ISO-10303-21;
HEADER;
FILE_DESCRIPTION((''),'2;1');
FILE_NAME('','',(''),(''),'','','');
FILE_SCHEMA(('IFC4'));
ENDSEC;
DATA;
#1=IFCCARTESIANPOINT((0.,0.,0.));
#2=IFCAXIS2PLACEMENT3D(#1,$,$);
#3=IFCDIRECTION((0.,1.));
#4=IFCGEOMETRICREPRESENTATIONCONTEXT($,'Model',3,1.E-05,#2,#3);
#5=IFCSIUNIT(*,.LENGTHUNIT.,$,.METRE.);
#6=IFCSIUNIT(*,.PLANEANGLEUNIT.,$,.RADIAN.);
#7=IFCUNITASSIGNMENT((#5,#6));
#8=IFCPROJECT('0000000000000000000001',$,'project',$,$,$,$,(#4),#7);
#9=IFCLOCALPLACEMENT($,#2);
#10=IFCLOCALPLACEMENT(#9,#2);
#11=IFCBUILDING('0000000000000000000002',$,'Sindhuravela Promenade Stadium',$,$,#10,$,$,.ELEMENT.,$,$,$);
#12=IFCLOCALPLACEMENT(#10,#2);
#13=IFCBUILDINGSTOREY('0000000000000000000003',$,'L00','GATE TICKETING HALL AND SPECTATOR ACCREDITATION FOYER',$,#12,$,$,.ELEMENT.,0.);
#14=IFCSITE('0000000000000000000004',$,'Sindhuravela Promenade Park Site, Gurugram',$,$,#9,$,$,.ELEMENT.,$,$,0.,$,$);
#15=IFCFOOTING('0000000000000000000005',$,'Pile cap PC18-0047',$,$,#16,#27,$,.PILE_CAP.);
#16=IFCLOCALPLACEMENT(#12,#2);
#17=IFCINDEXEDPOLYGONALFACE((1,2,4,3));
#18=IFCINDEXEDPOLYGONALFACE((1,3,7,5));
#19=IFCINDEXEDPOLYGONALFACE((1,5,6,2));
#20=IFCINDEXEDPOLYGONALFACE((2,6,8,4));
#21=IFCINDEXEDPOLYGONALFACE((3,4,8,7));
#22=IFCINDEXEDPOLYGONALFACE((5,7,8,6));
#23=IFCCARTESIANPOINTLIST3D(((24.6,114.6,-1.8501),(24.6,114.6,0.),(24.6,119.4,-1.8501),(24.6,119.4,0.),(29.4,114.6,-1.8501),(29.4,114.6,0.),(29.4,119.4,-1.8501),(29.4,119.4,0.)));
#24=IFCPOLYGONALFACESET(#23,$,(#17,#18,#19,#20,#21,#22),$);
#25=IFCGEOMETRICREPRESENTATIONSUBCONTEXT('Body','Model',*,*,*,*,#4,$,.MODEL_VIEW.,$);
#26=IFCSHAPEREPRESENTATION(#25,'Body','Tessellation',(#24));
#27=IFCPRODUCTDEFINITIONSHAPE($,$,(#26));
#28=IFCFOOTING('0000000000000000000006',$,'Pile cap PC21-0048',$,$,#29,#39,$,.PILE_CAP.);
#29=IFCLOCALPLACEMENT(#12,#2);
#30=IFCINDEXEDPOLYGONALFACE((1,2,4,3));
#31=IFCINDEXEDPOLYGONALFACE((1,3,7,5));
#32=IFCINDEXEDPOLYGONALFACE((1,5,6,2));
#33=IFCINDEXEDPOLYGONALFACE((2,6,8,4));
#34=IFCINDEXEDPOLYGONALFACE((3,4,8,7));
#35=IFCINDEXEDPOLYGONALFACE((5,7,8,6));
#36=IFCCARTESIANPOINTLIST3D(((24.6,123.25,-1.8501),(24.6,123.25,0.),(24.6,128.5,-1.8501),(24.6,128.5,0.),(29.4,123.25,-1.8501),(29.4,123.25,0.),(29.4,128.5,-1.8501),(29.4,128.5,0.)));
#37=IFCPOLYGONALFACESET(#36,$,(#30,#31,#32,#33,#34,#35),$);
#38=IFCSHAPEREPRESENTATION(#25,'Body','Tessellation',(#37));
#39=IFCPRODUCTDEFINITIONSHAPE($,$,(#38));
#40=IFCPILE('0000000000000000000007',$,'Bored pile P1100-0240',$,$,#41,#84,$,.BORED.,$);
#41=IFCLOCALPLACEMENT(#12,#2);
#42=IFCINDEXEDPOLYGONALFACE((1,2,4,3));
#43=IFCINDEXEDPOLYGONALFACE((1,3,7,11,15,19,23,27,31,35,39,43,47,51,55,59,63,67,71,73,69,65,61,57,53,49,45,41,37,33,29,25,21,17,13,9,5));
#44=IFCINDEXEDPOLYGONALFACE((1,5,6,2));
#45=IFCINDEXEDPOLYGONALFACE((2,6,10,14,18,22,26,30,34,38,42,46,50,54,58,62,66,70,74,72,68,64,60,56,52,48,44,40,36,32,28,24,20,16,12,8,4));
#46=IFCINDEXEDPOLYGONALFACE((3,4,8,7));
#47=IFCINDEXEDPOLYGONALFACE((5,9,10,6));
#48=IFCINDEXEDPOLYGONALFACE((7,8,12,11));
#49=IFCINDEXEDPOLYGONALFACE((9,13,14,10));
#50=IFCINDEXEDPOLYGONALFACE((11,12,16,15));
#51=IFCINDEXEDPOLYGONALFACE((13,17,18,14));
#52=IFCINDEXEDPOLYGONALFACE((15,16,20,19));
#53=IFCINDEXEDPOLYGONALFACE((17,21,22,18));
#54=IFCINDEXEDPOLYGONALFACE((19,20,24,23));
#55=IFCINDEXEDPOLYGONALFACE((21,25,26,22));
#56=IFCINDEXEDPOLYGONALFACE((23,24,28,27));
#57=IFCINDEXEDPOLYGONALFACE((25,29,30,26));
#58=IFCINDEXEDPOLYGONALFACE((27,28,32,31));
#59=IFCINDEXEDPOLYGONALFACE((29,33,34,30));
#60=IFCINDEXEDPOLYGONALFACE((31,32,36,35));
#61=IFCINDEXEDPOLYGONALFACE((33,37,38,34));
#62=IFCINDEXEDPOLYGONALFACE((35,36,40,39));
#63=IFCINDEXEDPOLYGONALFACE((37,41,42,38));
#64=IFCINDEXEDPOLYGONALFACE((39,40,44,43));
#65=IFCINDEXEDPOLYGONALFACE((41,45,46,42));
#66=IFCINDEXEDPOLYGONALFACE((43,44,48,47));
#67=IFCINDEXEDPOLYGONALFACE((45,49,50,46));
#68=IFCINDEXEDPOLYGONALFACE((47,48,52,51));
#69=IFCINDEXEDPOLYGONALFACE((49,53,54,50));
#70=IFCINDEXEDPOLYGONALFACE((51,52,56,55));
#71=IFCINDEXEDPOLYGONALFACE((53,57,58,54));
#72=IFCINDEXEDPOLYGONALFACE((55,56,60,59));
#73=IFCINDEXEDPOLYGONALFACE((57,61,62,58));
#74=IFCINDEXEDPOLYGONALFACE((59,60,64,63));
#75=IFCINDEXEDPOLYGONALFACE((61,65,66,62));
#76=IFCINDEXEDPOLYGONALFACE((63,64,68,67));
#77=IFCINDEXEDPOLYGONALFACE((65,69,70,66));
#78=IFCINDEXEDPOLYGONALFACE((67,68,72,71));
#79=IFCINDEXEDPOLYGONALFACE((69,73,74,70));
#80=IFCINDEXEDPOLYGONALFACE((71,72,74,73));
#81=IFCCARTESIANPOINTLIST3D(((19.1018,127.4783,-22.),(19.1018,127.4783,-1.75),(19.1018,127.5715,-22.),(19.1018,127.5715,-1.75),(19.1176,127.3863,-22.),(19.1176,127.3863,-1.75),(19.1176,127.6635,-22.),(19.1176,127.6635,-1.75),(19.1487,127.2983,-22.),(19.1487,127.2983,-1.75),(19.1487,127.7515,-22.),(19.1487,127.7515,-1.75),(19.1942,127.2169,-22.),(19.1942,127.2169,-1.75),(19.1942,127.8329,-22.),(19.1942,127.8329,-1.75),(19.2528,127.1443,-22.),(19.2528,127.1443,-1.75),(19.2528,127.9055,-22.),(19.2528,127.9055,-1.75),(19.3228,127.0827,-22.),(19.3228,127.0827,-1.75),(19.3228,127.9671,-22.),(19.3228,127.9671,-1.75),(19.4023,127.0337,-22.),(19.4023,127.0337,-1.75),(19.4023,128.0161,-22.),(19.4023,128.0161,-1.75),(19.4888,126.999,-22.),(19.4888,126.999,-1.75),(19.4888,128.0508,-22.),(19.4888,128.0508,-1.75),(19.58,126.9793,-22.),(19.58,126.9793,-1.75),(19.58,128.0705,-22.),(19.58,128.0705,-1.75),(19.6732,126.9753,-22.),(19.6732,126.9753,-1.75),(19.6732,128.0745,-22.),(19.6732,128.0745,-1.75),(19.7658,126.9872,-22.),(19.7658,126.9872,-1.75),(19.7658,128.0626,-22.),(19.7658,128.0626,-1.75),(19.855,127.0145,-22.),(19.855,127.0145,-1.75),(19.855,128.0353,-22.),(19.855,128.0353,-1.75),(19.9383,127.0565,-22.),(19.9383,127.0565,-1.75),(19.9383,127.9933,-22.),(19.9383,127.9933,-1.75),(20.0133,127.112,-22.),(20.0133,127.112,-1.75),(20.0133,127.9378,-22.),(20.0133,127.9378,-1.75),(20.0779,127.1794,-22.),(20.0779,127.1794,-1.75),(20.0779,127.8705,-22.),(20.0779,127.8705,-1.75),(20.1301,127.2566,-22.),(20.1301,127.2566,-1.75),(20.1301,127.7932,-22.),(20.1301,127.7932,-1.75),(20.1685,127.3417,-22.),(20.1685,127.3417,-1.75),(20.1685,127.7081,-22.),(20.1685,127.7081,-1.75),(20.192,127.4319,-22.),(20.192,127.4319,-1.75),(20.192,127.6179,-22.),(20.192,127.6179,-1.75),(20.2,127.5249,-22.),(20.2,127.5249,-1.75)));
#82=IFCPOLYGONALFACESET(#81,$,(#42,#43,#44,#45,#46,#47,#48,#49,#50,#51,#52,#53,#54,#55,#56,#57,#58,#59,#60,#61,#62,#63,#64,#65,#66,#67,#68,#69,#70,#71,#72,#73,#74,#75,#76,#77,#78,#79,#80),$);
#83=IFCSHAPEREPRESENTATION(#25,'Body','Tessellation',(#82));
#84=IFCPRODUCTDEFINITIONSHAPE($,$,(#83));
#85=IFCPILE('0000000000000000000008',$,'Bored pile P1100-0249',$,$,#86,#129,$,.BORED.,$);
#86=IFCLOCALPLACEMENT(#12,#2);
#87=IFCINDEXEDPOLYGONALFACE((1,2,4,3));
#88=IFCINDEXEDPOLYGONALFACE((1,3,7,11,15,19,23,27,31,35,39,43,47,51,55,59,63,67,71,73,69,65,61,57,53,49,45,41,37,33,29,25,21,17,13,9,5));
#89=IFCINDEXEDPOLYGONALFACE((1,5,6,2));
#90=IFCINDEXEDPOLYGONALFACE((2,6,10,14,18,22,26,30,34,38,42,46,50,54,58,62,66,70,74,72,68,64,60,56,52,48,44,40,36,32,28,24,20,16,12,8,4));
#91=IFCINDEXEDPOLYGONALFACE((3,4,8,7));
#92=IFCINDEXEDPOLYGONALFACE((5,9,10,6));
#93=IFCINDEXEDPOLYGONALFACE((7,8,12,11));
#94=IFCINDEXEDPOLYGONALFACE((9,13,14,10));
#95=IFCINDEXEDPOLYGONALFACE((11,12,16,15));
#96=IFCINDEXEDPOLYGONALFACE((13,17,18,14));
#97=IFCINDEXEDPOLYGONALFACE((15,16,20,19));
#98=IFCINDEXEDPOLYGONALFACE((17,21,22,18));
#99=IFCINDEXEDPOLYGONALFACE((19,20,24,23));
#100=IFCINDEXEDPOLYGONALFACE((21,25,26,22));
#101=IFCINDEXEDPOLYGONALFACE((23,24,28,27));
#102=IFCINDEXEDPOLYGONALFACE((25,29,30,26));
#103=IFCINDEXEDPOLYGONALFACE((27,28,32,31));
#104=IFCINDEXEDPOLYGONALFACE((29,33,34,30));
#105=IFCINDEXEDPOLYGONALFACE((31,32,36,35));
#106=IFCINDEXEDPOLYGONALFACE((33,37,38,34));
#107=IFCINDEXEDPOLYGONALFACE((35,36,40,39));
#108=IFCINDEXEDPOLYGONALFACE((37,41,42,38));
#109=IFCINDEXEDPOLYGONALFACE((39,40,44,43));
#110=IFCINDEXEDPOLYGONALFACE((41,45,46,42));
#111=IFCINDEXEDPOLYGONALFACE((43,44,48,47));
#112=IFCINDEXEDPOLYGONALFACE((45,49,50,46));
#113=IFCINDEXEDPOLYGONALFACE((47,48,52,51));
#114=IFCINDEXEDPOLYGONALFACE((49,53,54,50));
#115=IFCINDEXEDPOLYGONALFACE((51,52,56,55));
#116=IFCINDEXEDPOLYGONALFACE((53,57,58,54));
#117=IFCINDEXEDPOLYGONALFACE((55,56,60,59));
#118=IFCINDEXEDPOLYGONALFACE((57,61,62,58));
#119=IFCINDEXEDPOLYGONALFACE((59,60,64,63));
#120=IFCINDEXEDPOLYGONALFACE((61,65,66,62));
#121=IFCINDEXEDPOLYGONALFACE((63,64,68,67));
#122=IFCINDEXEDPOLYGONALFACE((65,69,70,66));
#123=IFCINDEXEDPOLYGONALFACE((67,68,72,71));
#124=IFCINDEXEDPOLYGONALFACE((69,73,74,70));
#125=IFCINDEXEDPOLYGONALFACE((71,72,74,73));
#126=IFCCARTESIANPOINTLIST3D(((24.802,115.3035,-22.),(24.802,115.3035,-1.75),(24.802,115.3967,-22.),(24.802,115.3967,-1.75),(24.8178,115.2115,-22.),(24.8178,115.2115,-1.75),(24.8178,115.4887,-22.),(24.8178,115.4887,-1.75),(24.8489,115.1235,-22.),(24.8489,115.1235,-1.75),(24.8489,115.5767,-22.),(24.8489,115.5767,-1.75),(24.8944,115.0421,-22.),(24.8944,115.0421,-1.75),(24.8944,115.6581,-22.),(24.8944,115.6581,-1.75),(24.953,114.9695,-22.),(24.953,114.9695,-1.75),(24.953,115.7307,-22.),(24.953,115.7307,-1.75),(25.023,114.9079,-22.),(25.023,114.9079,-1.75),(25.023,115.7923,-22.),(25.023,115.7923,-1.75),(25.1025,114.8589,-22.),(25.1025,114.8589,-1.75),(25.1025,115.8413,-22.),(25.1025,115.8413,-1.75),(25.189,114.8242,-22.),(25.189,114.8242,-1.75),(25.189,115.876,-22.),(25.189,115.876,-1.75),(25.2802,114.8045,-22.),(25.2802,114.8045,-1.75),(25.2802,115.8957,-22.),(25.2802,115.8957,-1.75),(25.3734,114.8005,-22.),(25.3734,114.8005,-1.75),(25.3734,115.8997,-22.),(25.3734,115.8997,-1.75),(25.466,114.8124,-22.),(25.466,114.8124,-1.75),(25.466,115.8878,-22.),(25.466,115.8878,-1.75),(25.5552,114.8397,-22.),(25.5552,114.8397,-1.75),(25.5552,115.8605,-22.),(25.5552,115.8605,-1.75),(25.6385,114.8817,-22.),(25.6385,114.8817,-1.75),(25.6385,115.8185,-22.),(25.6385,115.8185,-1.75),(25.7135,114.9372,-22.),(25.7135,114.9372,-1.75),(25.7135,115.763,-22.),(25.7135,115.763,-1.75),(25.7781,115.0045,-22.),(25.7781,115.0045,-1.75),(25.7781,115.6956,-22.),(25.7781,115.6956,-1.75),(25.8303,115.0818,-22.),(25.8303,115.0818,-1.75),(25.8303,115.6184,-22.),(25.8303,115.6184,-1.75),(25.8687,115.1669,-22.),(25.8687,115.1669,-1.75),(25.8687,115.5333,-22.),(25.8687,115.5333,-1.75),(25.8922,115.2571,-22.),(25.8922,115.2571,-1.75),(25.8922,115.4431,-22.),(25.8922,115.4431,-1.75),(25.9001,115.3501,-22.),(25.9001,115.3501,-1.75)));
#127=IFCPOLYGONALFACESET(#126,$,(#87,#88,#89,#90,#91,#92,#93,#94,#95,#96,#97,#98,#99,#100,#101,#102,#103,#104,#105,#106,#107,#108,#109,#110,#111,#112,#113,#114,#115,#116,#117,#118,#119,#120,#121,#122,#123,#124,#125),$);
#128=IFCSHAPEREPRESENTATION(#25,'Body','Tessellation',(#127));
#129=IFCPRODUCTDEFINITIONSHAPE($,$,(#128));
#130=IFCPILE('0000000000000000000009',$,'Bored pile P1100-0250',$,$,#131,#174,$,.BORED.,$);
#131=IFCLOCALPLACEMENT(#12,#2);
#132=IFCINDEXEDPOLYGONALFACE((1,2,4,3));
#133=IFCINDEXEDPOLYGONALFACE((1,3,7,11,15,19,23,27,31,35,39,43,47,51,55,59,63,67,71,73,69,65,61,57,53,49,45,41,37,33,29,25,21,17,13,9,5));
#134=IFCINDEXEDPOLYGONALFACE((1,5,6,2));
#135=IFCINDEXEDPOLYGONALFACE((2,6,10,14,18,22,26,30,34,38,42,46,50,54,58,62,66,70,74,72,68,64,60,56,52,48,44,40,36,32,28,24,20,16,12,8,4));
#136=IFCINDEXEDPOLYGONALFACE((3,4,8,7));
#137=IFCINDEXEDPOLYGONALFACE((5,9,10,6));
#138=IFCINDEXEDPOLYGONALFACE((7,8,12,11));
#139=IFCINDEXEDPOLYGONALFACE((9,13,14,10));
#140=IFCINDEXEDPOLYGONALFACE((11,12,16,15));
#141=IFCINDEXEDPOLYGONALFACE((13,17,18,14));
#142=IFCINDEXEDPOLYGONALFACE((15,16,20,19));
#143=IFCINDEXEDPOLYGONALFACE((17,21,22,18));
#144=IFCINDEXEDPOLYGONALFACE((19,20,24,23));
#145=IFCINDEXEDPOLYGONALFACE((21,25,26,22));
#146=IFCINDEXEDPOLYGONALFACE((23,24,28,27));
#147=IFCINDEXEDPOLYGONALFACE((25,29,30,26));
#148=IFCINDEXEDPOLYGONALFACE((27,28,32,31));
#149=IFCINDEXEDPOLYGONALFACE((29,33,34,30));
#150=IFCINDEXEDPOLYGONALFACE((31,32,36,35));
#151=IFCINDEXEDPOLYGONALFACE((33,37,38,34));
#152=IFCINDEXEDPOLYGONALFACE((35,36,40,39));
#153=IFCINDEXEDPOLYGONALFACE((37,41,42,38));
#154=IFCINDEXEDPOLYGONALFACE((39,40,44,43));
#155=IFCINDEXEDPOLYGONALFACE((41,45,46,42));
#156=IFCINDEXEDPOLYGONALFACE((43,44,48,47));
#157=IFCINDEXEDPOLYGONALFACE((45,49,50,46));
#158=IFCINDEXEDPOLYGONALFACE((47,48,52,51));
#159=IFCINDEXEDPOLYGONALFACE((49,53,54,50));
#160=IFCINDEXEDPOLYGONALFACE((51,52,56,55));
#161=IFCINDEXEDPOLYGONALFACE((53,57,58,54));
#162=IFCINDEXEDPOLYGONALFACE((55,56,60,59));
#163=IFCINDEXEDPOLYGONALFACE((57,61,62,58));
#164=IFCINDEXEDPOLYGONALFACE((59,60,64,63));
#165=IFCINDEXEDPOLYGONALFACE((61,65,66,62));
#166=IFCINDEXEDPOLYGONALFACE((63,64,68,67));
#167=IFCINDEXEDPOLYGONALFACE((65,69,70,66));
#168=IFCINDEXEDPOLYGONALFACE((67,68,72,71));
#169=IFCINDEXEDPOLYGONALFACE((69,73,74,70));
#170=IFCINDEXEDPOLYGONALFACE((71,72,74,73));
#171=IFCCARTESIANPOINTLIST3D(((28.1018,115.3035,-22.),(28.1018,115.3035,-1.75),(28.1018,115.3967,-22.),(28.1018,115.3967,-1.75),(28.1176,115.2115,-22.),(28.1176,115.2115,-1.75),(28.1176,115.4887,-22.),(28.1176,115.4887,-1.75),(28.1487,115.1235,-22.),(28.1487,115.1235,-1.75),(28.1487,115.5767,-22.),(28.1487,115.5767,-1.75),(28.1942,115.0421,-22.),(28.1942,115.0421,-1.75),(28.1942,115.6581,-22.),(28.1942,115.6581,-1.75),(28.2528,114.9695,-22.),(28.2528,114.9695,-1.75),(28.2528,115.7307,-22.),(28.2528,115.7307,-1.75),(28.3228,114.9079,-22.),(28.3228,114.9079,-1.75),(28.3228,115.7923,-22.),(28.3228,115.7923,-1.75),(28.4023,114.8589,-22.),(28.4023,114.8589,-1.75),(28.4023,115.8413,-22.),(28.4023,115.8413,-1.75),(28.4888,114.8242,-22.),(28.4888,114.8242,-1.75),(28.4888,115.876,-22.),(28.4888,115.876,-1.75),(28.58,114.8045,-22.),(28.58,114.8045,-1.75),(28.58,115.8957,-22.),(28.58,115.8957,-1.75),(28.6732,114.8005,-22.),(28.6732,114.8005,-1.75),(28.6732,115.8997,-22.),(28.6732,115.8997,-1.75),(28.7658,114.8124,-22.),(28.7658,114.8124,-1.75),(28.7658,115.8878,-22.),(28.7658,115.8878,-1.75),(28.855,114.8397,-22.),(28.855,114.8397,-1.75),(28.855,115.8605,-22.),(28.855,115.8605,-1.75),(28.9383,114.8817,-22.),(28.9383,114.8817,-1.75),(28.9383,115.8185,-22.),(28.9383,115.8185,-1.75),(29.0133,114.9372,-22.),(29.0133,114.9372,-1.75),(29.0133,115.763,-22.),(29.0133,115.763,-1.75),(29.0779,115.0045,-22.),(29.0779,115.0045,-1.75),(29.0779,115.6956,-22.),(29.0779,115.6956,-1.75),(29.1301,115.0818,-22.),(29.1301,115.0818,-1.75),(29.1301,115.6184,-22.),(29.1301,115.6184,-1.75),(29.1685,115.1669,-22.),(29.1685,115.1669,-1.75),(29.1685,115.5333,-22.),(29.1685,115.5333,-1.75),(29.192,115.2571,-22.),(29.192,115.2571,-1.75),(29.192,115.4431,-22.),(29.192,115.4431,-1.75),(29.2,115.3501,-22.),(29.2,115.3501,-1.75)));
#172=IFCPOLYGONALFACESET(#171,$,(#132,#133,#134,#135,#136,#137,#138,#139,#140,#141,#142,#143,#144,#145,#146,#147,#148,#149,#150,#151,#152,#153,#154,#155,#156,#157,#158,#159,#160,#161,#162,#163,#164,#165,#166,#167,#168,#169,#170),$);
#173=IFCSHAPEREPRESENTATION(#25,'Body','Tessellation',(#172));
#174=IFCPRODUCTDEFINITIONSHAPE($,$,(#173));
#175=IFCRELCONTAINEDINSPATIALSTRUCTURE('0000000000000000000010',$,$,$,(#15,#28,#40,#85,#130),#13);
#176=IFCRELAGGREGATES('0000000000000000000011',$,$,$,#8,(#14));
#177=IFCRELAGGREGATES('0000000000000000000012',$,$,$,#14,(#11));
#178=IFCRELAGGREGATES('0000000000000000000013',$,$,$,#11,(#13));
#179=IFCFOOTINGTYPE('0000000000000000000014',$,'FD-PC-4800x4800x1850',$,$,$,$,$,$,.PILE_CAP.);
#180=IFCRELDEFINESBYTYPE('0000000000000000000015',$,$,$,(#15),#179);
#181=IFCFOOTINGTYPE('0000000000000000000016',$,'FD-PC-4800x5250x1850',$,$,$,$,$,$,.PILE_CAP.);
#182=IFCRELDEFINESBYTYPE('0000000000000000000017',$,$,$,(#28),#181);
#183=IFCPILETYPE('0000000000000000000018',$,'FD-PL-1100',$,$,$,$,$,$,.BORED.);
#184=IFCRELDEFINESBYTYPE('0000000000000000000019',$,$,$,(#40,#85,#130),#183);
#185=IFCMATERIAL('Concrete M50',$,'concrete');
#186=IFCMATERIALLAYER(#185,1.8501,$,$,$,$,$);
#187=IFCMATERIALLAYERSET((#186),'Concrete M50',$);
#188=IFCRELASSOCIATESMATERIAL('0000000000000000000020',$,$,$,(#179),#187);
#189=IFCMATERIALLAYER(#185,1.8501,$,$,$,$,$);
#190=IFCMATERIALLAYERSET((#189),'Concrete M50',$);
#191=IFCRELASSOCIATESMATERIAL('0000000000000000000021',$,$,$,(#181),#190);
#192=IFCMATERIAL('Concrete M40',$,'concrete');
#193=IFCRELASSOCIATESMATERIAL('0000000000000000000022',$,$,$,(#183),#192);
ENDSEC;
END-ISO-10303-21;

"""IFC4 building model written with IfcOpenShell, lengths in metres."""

from ifc_helpers import new_model, si_unit, direction, frame, origin, origin_2d, place, context, subcontext, project, spatial, rectangle, circle, extrude, material, layer, layer_set, material_profile, profile_set, type_object, element, save


model = new_model("IFC4")

# Units and contexts
model_context = context("Model", 3, precision=1e-05, world=origin(), true_north=direction((0.0, 1.0)))
body_context = subcontext(model_context, "Body", "Model", "MODEL_VIEW")
ifc_project = project(units=[si_unit("LENGTHUNIT", "METRE"), si_unit("PLANEANGLEUNIT", "RADIAN")], contexts=[model_context])

# Site, building, storey
site_placement = place(None, origin())
site = spatial("IfcSite", under=ifc_project, at=site_placement, Name="Sindhuravela Promenade Park Site, Gurugram", CompositionType="ELEMENT", RefElevation=0.0)
building_placement = place(site_placement, origin())
building = spatial("IfcBuilding", under=site, at=building_placement, Name="Sindhuravela Promenade Stadium", CompositionType="ELEMENT")
storey_placement = place(building_placement, origin())
storey = spatial("IfcBuildingStorey", under=building, at=storey_placement, Name="L00", Description="GATE TICKETING HALL AND SPECTATOR ACCREDITATION FOYER", CompositionType="ELEMENT", Elevation=0.0)

# Footings
ifc_material_1 = material(Name="Concrete M50", Category="concrete")
ifc_layer_1 = layer(ifc_material_1, 1.8501)
ifc_layer_set_1 = layer_set([ifc_layer_1], Name="Concrete M50")
footing_type_1 = type_object("IfcFootingType", Name="FD-PC-4800x4800x1850", PredefinedType="PILE_CAP", material=ifc_layer_set_1)
footing_1_placement = place(storey_placement, frame((27.0, 117.0, -1.8501), z_axis=(0.0, 0.0, 1.0), x_axis=(1.0, 0.0, 0.0)))
element("IfcFooting", 1, at=footing_1_placement, inside=storey, type_object=footing_type_1, Name="Pile cap PC18-0047", PredefinedType="PILE_CAP", context=body_context, shape_type="SweptSolid", body=[
    extrude(rectangle(XDim=4.8, YDim=4.8, at=origin_2d()), origin(), (0.0, 0.0, 1.0), 1.8501),
])
ifc_layer_2 = layer(ifc_material_1, 1.8501)
ifc_layer_set_2 = layer_set([ifc_layer_2], Name="Concrete M50")
footing_type_2 = type_object("IfcFootingType", Name="FD-PC-4800x5250x1850", PredefinedType="PILE_CAP", material=ifc_layer_set_2)
footing_2_placement = place(storey_placement, frame((27.0, 125.875, -1.8501), z_axis=(0.0, 0.0, 1.0), x_axis=(1.0, 0.0, 0.0)))
element("IfcFooting", 2, at=footing_2_placement, inside=storey, type_object=footing_type_2, Name="Pile cap PC21-0048", PredefinedType="PILE_CAP", context=body_context, shape_type="SweptSolid", body=[
    extrude(rectangle(XDim=4.8, YDim=5.25, at=origin_2d()), origin(), (0.0, 0.0, 1.0), 1.8501),
])

# Piles
ifc_material_2 = material(Name="Concrete M40", Category="concrete")
ifc_material_profile_1 = material_profile(ifc_material_2, circle(Radius=0.55, at=origin_2d()), Name="BORED PILE D1100")
ifc_profile_set_1 = profile_set([ifc_material_profile_1], Name="Concrete M40")
pile_type = type_object("IfcPileType", Name="FD-PL-1100", PredefinedType="BORED", material=ifc_profile_set_1)
for number, where, z_axis, x_axis, name in (
    (3, (19.6499, 127.5249, -1.75), (0.0, 0.0, -1.0), (1.0, 0.0, 0.0), "Bored pile P1100-0240"),
    (4, (25.3501, 115.3501, -1.75), (0.0, 0.0, -1.0), (1.0, 0.0, 0.0), "Bored pile P1100-0249"),
    (5, (28.6499, 115.3501, -1.75), (0.0, 0.0, -1.0), (1.0, 0.0, 0.0), "Bored pile P1100-0250"),
):
    element("IfcPile", number, at=place(storey_placement, frame(where, z_axis=z_axis, x_axis=x_axis)), inside=storey, type_object=pile_type, Name=name, PredefinedType="BORED", context=body_context, shape_type="SweptSolid", body=[
        extrude(circle(Radius=0.55, at=origin_2d()), origin(), (0.0, 0.0, 1.0), 20.25),
    ])

save(model, "model.ifc")
